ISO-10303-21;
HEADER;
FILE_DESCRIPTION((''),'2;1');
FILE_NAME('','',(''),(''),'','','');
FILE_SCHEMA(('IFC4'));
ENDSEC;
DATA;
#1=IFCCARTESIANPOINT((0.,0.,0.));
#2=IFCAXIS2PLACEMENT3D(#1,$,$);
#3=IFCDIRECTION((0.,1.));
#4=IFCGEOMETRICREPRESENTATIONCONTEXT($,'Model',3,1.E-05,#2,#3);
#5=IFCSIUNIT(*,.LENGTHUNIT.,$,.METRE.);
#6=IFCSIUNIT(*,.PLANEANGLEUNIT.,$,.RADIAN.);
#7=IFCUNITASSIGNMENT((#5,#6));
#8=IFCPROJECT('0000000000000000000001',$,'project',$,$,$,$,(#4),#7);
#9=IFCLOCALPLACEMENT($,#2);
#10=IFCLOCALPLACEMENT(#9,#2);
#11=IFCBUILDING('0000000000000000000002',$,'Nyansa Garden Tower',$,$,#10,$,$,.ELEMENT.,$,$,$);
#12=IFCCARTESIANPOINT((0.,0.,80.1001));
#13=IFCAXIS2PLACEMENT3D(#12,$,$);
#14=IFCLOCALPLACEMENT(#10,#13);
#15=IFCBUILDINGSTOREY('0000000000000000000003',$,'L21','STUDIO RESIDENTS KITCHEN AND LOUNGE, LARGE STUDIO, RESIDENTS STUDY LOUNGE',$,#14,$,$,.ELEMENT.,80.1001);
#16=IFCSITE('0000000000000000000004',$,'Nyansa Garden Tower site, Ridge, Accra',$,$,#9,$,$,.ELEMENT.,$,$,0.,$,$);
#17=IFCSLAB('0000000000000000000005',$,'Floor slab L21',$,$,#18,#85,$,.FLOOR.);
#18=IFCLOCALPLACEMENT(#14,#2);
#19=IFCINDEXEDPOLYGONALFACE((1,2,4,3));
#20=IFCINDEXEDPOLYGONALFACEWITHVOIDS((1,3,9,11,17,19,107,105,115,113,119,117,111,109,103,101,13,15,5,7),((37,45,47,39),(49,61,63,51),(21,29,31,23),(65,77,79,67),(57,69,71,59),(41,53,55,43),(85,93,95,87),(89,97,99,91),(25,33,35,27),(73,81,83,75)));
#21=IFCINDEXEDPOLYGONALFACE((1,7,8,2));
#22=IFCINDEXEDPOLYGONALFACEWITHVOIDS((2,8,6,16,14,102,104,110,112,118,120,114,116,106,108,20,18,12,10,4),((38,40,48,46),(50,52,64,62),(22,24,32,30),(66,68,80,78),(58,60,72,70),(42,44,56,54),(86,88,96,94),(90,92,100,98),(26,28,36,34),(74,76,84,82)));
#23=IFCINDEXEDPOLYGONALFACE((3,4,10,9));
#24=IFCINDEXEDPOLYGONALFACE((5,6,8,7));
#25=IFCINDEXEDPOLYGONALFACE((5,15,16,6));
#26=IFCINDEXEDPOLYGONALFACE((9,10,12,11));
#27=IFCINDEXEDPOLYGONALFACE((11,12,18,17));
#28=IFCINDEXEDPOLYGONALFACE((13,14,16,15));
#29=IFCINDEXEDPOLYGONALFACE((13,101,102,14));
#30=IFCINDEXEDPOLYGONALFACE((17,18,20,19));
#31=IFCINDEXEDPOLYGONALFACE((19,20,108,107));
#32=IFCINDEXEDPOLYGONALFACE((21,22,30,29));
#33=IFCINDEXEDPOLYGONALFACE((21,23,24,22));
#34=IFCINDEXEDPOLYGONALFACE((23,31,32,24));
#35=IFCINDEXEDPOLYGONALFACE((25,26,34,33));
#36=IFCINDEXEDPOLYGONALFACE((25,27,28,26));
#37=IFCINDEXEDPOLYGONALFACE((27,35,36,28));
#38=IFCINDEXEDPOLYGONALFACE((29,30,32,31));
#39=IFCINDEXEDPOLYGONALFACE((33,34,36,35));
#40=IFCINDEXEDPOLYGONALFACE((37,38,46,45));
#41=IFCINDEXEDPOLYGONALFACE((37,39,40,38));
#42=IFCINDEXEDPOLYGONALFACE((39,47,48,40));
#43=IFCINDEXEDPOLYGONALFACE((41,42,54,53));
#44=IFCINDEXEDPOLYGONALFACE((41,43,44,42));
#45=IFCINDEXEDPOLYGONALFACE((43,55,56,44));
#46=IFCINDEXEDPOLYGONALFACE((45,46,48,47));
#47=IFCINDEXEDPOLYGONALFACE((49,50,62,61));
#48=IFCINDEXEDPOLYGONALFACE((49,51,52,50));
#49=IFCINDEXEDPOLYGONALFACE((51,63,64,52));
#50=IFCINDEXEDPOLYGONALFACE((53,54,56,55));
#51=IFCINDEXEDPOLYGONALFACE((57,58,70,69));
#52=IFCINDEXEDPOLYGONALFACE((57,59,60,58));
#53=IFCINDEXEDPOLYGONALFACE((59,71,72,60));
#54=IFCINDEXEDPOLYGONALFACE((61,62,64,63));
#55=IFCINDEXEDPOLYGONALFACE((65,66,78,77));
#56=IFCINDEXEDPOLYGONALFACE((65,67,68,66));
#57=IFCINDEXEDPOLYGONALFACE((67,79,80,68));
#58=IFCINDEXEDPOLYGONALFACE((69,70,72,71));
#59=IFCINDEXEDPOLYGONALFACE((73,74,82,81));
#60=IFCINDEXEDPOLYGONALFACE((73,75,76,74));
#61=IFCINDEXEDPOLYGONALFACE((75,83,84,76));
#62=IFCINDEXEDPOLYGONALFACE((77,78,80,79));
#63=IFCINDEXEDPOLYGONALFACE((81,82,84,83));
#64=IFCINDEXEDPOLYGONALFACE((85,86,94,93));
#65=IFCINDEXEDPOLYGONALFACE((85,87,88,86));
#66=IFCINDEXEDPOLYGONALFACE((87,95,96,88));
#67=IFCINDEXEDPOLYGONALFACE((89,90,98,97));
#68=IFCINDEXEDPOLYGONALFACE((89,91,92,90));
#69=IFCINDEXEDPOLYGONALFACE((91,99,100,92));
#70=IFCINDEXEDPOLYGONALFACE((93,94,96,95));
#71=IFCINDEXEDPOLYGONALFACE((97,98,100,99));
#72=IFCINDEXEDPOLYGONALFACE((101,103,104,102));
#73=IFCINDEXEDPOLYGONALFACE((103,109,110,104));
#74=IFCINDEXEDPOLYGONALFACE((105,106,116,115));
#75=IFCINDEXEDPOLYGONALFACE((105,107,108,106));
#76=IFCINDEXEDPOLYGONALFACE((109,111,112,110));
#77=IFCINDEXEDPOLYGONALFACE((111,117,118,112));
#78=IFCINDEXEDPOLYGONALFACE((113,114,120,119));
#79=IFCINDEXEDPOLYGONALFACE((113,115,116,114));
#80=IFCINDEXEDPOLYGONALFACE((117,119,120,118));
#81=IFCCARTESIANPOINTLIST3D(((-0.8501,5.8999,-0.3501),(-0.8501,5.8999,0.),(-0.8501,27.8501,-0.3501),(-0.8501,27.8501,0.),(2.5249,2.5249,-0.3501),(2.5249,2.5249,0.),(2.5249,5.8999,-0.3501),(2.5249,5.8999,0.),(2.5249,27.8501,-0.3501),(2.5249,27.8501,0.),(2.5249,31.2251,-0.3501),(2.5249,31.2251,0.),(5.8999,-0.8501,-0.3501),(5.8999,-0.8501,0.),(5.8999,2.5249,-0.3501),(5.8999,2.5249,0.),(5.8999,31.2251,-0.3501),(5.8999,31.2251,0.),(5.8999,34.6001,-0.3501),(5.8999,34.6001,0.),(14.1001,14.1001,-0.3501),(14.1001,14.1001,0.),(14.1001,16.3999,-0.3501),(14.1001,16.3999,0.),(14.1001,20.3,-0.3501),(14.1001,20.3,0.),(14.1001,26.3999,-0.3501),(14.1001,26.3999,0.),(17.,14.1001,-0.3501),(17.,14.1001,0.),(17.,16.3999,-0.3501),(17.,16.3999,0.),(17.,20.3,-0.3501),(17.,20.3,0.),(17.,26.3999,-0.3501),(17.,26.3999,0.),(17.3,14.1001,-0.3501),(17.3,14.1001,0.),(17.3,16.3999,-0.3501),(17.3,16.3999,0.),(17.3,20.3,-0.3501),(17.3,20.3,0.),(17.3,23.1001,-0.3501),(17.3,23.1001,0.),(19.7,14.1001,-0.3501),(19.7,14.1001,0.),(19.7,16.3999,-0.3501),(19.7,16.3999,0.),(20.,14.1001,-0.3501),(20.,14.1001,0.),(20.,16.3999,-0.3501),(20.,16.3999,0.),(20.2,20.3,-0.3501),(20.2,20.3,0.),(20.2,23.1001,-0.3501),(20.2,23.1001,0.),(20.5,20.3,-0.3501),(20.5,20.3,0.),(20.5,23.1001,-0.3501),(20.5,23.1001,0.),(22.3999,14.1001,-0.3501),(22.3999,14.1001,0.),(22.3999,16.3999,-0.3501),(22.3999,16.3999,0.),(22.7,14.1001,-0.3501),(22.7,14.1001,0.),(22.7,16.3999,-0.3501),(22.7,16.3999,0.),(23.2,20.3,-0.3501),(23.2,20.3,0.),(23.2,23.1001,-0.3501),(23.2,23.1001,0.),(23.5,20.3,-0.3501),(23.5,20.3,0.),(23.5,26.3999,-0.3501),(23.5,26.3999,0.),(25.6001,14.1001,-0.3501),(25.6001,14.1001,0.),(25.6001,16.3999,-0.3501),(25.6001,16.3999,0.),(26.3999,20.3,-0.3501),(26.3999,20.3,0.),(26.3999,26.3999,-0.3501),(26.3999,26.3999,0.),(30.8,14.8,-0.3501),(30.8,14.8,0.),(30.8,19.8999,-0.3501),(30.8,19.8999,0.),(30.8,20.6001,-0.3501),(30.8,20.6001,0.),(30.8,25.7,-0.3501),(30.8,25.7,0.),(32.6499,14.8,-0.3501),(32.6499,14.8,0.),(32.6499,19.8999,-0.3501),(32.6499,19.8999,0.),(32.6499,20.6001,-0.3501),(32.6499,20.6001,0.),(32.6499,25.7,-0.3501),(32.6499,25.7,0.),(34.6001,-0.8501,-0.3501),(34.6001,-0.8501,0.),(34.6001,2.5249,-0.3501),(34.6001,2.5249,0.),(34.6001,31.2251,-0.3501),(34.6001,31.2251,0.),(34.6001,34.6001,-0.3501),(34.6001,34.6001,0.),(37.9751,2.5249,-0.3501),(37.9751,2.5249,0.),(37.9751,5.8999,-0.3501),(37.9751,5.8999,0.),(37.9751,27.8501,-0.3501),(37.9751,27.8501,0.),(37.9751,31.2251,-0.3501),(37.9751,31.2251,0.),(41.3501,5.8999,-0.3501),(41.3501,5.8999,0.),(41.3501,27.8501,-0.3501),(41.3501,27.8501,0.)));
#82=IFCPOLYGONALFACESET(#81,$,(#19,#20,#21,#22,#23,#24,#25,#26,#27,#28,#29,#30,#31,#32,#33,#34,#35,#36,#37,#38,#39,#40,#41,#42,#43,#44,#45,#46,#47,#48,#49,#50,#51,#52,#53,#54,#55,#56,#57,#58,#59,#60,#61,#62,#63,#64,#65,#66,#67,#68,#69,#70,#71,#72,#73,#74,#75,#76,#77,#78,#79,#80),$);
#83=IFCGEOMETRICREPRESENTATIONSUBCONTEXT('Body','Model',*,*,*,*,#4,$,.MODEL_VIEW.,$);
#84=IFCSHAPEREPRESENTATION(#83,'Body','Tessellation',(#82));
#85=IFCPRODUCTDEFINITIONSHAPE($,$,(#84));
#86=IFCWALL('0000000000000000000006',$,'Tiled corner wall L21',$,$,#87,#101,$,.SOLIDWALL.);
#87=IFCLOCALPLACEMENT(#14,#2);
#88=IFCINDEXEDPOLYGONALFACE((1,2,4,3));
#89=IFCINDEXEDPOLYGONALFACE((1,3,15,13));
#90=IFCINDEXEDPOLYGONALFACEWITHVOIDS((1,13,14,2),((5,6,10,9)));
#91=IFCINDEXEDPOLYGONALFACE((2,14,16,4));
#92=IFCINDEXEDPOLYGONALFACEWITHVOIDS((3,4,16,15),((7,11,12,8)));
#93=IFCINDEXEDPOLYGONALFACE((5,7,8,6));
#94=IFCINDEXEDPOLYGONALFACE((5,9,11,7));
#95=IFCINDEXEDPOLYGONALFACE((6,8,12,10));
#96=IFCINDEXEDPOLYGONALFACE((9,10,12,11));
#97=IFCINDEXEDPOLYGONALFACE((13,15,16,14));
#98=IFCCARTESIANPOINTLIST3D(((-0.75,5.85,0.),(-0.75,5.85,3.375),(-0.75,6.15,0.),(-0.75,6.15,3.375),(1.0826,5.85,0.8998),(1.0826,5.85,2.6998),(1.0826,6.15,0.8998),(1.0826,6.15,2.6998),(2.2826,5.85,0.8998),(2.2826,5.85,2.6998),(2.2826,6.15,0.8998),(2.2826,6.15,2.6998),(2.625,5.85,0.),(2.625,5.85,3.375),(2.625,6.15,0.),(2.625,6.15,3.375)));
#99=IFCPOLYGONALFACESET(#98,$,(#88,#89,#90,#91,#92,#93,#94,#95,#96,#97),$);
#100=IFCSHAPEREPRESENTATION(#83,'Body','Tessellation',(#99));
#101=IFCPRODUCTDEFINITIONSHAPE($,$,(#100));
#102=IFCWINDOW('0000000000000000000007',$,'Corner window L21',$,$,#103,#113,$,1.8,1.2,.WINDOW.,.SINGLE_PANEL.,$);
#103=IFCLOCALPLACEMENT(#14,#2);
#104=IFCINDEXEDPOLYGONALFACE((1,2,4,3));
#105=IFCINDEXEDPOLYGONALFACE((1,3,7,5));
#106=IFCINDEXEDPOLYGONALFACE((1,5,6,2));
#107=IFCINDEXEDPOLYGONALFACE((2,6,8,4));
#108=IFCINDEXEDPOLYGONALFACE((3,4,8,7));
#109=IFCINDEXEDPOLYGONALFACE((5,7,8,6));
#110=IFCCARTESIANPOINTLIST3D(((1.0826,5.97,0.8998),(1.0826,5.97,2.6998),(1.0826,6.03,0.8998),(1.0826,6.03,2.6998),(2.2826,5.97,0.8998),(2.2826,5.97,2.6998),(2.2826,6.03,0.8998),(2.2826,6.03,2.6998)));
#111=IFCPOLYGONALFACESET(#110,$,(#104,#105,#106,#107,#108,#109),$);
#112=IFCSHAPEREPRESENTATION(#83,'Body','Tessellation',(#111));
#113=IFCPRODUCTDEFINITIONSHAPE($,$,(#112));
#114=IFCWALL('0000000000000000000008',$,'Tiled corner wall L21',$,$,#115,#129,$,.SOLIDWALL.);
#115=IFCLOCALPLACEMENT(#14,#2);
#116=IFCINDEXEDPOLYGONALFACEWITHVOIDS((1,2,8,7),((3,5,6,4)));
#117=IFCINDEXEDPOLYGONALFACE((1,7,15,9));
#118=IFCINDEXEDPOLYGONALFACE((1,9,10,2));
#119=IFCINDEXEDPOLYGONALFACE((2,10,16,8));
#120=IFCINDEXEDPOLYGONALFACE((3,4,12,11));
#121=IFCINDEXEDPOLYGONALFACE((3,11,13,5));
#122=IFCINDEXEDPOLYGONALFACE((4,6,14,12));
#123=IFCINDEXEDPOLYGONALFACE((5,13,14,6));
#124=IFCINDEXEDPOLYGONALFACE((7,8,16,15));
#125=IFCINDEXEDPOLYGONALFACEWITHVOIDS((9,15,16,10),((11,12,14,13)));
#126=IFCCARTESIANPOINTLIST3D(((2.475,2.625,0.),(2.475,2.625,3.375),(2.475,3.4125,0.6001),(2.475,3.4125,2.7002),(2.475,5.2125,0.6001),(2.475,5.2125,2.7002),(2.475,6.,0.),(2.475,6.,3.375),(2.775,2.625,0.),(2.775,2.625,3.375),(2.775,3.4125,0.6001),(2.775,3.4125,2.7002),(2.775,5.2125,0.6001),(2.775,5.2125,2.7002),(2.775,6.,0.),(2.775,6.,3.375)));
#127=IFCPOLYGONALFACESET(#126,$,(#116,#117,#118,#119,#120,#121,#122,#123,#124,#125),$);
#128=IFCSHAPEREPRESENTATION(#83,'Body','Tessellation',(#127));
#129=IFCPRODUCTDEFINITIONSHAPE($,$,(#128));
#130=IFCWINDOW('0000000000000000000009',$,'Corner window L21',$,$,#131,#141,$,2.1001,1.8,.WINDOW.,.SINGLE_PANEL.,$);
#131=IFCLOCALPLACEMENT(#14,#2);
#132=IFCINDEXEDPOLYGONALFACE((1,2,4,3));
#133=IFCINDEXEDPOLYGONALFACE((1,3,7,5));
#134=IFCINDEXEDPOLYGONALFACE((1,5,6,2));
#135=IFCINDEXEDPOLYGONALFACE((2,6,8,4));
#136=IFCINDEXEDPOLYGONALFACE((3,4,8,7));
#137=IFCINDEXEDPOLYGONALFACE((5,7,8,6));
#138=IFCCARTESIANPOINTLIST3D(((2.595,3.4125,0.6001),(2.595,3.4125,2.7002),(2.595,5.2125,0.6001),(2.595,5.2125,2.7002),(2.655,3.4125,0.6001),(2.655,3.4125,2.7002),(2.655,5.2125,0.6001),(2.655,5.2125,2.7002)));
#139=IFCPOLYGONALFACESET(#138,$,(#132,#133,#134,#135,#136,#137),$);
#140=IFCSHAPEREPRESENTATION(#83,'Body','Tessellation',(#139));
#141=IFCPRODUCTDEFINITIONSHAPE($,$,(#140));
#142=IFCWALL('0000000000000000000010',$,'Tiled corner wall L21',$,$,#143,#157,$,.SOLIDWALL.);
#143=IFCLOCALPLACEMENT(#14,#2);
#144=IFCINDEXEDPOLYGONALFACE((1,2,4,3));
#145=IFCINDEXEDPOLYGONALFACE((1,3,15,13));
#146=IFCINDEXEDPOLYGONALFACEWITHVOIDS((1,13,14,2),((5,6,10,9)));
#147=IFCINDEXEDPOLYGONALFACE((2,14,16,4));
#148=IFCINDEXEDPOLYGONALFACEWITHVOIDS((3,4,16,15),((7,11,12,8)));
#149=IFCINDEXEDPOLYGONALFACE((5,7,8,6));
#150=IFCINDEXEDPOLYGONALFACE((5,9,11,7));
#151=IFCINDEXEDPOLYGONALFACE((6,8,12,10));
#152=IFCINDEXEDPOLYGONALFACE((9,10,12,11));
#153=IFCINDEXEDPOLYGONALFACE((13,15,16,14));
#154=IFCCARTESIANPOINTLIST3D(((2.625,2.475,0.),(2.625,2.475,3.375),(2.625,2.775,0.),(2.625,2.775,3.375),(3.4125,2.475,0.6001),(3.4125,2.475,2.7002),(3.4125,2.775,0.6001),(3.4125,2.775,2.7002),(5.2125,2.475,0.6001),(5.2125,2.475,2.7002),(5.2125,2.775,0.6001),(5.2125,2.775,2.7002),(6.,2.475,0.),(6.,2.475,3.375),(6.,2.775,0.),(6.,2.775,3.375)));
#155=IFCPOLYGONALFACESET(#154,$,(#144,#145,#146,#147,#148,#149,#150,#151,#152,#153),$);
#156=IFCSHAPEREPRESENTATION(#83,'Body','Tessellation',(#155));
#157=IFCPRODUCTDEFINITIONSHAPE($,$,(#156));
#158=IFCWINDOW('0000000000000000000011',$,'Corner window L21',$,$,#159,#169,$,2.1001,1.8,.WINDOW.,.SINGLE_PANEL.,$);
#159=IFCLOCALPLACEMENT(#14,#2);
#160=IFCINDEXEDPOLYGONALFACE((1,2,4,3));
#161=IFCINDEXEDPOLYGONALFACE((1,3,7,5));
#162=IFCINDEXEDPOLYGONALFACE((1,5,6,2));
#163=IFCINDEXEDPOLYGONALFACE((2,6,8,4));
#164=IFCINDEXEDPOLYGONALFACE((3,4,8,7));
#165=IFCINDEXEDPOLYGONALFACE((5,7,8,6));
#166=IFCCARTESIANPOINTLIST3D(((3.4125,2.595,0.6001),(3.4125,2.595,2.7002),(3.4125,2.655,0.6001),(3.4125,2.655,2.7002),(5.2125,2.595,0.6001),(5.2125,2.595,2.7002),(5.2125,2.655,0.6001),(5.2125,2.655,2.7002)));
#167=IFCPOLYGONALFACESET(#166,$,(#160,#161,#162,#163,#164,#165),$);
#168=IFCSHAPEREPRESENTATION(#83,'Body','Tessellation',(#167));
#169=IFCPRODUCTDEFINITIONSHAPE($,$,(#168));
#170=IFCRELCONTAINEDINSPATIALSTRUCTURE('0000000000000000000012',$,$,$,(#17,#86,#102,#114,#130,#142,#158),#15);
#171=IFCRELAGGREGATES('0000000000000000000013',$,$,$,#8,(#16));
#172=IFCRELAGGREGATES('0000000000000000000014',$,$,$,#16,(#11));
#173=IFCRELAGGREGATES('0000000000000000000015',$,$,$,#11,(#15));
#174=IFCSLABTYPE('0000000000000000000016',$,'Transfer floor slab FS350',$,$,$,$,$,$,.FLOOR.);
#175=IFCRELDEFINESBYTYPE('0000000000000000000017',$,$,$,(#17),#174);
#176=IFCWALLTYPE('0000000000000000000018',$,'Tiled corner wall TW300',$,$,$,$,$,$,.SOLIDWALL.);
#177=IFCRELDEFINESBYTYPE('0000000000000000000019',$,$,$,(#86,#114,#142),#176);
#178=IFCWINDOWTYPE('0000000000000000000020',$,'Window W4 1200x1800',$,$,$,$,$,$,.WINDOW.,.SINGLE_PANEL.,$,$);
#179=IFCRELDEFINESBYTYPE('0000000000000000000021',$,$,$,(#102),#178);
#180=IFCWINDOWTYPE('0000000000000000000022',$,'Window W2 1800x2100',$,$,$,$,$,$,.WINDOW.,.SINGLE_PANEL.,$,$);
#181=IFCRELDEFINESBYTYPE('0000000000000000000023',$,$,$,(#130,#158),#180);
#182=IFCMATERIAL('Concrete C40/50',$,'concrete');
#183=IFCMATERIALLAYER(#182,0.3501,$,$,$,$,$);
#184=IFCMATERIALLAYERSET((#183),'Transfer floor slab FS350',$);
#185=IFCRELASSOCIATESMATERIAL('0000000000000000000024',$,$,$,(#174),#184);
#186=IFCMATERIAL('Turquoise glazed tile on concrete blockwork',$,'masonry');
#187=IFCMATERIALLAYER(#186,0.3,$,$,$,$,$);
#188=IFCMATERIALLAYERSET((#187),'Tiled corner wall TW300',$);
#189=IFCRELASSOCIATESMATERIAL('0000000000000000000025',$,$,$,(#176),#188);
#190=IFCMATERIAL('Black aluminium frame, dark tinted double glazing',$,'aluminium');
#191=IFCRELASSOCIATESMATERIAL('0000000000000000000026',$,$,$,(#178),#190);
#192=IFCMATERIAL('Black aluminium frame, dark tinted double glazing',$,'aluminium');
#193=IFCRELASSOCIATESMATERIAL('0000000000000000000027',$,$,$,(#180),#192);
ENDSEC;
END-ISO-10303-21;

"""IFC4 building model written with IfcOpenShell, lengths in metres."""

from ifc_helpers import new_model, si_unit, direction, frame, frame_2d, origin, place, context, subcontext, project, spatial, polyline, rectangle, outline, extrude, material, layer, layer_set, type_object, element, fill, save


model = new_model("IFC4")

# Units and contexts
model_context = context("Model", 3, precision=1e-05, world=origin(), true_north=direction((0.0, 1.0)))
body_context = subcontext(model_context, "Body", "Model", "MODEL_VIEW")
ifc_project = project(units=[si_unit("LENGTHUNIT", "METRE"), si_unit("PLANEANGLEUNIT", "RADIAN")], contexts=[model_context])

# Site, building, storey
site_placement = place(None, origin())
site = spatial("IfcSite", under=ifc_project, at=site_placement, Name="Nyansa Garden Tower site, Ridge, Accra", CompositionType="ELEMENT", RefElevation=0.0)
building_placement = place(site_placement, origin())
building = spatial("IfcBuilding", under=site, at=building_placement, Name="Nyansa Garden Tower", CompositionType="ELEMENT")
storey_placement = place(building_placement, frame((0.0, 0.0, 80.1001)))
storey = spatial("IfcBuildingStorey", under=building, at=storey_placement, Name="L21", Description="STUDIO RESIDENTS KITCHEN AND LOUNGE, LARGE STUDIO, RESIDENTS STUDY LOUNGE", CompositionType="ELEMENT", Elevation=80.1001)

# Slab
ifc_material_1 = material(Name="Concrete C40/50", Category="concrete")
ifc_layer_1 = layer(ifc_material_1, 0.3501)
ifc_layer_set_1 = layer_set([ifc_layer_1], Name="Transfer floor slab FS350")
slab_type_1 = type_object("IfcSlabType", Name="Transfer floor slab FS350", PredefinedType="FLOOR", material=ifc_layer_set_1)
slab_1_placement = place(storey_placement, frame((0.0, 0.0, -0.3501)))
element("IfcSlab", 1, at=slab_1_placement, inside=storey, type_object=slab_type_1, Name="Floor slab L21", PredefinedType="FLOOR", context=body_context, shape_type="SweptSolid", body=[
    extrude(outline(polyline([(41.3501, 5.8999), (37.9751, 5.8999), (37.9751, 2.5249), (34.6001, 2.5249), (34.6001, -0.8501), (5.8999, -0.8501), (5.8999, 2.5249), (2.5249, 2.5249), (2.5249, 5.8999), (-0.8501, 5.8999), (-0.8501, 27.8501), (2.5249, 27.8501), (2.5249, 31.2251), (5.8999, 31.2251), (5.8999, 34.6001), (34.6001, 34.6001), (34.6001, 31.2251), (37.9751, 31.2251), (37.9751, 27.8501), (41.3501, 27.8501), (41.3501, 5.8999)]), holes=[polyline([(14.1001, 14.1001), (17.0, 14.1001), (17.0, 16.3999), (14.1001, 16.3999), (14.1001, 14.1001)]), polyline([(17.3, 14.1001), (19.7, 14.1001), (19.7, 16.3999), (17.3, 16.3999), (17.3, 14.1001)]), polyline([(20.0, 14.1001), (22.3999, 14.1001), (22.3999, 16.3999), (20.0, 16.3999), (20.0, 14.1001)]), polyline([(22.7, 14.1001), (25.6001, 14.1001), (25.6001, 16.3999), (22.7, 16.3999), (22.7, 14.1001)]), polyline([(17.3, 20.3), (20.2, 20.3), (20.2, 23.1001), (17.3, 23.1001), (17.3, 20.3)]), polyline([(20.5, 20.3), (23.2, 20.3), (23.2, 23.1001), (20.5, 23.1001), (20.5, 20.3)]), polyline([(30.8, 14.8), (32.6499, 14.8), (32.6499, 19.8999), (30.8, 19.8999), (30.8, 14.8)]), polyline([(30.8, 20.6001), (32.6499, 20.6001), (32.6499, 25.7), (30.8, 25.7), (30.8, 20.6001)]), polyline([(14.1001, 20.3), (17.0, 20.3), (17.0, 26.3999), (14.1001, 26.3999), (14.1001, 20.3)]), polyline([(23.5, 20.3), (26.3999, 20.3), (26.3999, 26.3999), (23.5, 26.3999), (23.5, 20.3)])]), origin(), (0.0, 0.0, 1.0), 0.3501),
])

# Walls, openings, windows
ifc_material_2 = material(Name="Turquoise glazed tile on concrete blockwork", Category="masonry")
ifc_layer_2 = layer(ifc_material_2, 0.3)
ifc_layer_set_2 = layer_set([ifc_layer_2], Name="Tiled corner wall TW300")
wall_type = type_object("IfcWallType", Name="Tiled corner wall TW300", PredefinedType="SOLIDWALL", material=ifc_layer_set_2)
wall_1_placement = place(storey_placement, frame((-0.75, 6.0, 0.0), z_axis=(0.0, 0.0, 1.0), x_axis=(1.0, 0.0, 0.0)))
wall_1 = element("IfcWall", 2, at=wall_1_placement, inside=storey, type_object=wall_type, Name="Tiled corner wall L21", PredefinedType="SOLIDWALL", context=body_context, shape_type="SweptSolid", body=[
    extrude(rectangle(XDim=3.375, YDim=0.3, at=frame_2d((1.6875, 0.0))), origin(), (0.0, 0.0, 1.0), 3.375),
])
opening_1_placement = place(wall_1_placement, frame((1.8325, 0.0, 0.8999)))
opening_1 = element("IfcOpeningElement", 3, at=opening_1_placement, cuts=wall_1, PredefinedType="OPENING", context=body_context, shape_type="SweptSolid", body=[
    extrude(rectangle(XDim=1.2, YDim=1.8, at=frame_2d((0.6001, 0.8999))), frame((0.0, 0.1599, 0.0), z_axis=(0.0, -1.0, 0.0), x_axis=(1.0, 0.0, 0.0)), (0.0, 0.0, 1.0), 0.3201),
])
ifc_material_3 = material(Name="Black aluminium frame, dark tinted double glazing", Category="aluminium")
window_type_1 = type_object("IfcWindowType", Name="Window W4 1200x1800", PartitioningType="SINGLE_PANEL", PredefinedType="WINDOW", material=ifc_material_3)
window_1_placement = place(opening_1_placement, origin())
window_1 = element("IfcWindow", 4, at=window_1_placement, inside=storey, type_object=window_type_1, Name="Corner window L21", OverallHeight=1.8, OverallWidth=1.2, PartitioningType="SINGLE_PANEL", PredefinedType="WINDOW", context=body_context, shape_type="SweptSolid", body=[
    extrude(rectangle(XDim=1.2, YDim=1.8, at=frame_2d((0.6001, 0.8999))), frame((0.0, 0.03, 0.0), z_axis=(0.0, -1.0, 0.0), x_axis=(1.0, 0.0, 0.0)), (0.0, 0.0, 1.0), 0.0601),
])
fill(opening_1, window_1)
wall_2_placement = place(storey_placement, frame((2.625, 6.0, 0.0), z_axis=(0.0, 0.0, 1.0), x_axis=(0.0, -1.0, 0.0)))
wall_2 = element("IfcWall", 5, at=wall_2_placement, inside=storey, type_object=wall_type, Name="Tiled corner wall L21", PredefinedType="SOLIDWALL", context=body_context, shape_type="SweptSolid", body=[
    extrude(rectangle(XDim=3.375, YDim=0.3, at=frame_2d((1.6875, 0.0))), origin(), (0.0, 0.0, 1.0), 3.375),
])
opening_2_placement = place(wall_2_placement, frame((0.7876, 0.0, 0.6001)))
opening_2 = element("IfcOpeningElement", 6, at=opening_2_placement, cuts=wall_2, PredefinedType="OPENING", context=body_context, shape_type="SweptSolid", body=[
    extrude(rectangle(XDim=1.8, YDim=2.1001, at=frame_2d((0.8999, 1.05))), frame((0.0, 0.1599, 0.0), z_axis=(0.0, -1.0, 0.0), x_axis=(1.0, 0.0, 0.0)), (0.0, 0.0, 1.0), 0.3201),
])
ifc_material_4 = material(Name="Black aluminium frame, dark tinted double glazing", Category="aluminium")
window_type_2 = type_object("IfcWindowType", Name="Window W2 1800x2100", PartitioningType="SINGLE_PANEL", PredefinedType="WINDOW", material=ifc_material_4)
window_2_placement = place(opening_2_placement, origin())
window_2 = element("IfcWindow", 7, at=window_2_placement, inside=storey, type_object=window_type_2, Name="Corner window L21", OverallHeight=2.1001, OverallWidth=1.8, PartitioningType="SINGLE_PANEL", PredefinedType="WINDOW", context=body_context, shape_type="SweptSolid", body=[
    extrude(rectangle(XDim=1.8, YDim=2.1001, at=frame_2d((0.8999, 1.05))), frame((0.0, 0.03, 0.0), z_axis=(0.0, -1.0, 0.0), x_axis=(1.0, 0.0, 0.0)), (0.0, 0.0, 1.0), 0.0601),
])
fill(opening_2, window_2)
wall_3_placement = place(storey_placement, frame((2.625, 2.625, 0.0), z_axis=(0.0, 0.0, 1.0), x_axis=(1.0, 0.0, 0.0)))
wall_3 = element("IfcWall", 8, at=wall_3_placement, inside=storey, type_object=wall_type, Name="Tiled corner wall L21", PredefinedType="SOLIDWALL", context=body_context, shape_type="SweptSolid", body=[
    extrude(rectangle(XDim=3.375, YDim=0.3, at=frame_2d((1.6875, 0.0))), origin(), (0.0, 0.0, 1.0), 3.375),
])
opening_3_placement = place(wall_3_placement, frame((0.7876, 0.0, 0.6001)))
opening_3 = element("IfcOpeningElement", 9, at=opening_3_placement, cuts=wall_3, PredefinedType="OPENING", context=body_context, shape_type="SweptSolid", body=[
    extrude(rectangle(XDim=1.8, YDim=2.1001, at=frame_2d((0.8999, 1.05))), frame((0.0, 0.1599, 0.0), z_axis=(0.0, -1.0, 0.0), x_axis=(1.0, 0.0, 0.0)), (0.0, 0.0, 1.0), 0.3201),
])
window_3_placement = place(opening_3_placement, origin())
window_3 = element("IfcWindow", 10, at=window_3_placement, inside=storey, type_object=window_type_2, Name="Corner window L21", OverallHeight=2.1001, OverallWidth=1.8, PartitioningType="SINGLE_PANEL", PredefinedType="WINDOW", context=body_context, shape_type="SweptSolid", body=[
    extrude(rectangle(XDim=1.8, YDim=2.1001, at=frame_2d((0.8999, 1.05))), frame((0.0, 0.03, 0.0), z_axis=(0.0, -1.0, 0.0), x_axis=(1.0, 0.0, 0.0)), (0.0, 0.0, 1.0), 0.0601),
])
fill(opening_3, window_3)

save(model, "model.ifc")
